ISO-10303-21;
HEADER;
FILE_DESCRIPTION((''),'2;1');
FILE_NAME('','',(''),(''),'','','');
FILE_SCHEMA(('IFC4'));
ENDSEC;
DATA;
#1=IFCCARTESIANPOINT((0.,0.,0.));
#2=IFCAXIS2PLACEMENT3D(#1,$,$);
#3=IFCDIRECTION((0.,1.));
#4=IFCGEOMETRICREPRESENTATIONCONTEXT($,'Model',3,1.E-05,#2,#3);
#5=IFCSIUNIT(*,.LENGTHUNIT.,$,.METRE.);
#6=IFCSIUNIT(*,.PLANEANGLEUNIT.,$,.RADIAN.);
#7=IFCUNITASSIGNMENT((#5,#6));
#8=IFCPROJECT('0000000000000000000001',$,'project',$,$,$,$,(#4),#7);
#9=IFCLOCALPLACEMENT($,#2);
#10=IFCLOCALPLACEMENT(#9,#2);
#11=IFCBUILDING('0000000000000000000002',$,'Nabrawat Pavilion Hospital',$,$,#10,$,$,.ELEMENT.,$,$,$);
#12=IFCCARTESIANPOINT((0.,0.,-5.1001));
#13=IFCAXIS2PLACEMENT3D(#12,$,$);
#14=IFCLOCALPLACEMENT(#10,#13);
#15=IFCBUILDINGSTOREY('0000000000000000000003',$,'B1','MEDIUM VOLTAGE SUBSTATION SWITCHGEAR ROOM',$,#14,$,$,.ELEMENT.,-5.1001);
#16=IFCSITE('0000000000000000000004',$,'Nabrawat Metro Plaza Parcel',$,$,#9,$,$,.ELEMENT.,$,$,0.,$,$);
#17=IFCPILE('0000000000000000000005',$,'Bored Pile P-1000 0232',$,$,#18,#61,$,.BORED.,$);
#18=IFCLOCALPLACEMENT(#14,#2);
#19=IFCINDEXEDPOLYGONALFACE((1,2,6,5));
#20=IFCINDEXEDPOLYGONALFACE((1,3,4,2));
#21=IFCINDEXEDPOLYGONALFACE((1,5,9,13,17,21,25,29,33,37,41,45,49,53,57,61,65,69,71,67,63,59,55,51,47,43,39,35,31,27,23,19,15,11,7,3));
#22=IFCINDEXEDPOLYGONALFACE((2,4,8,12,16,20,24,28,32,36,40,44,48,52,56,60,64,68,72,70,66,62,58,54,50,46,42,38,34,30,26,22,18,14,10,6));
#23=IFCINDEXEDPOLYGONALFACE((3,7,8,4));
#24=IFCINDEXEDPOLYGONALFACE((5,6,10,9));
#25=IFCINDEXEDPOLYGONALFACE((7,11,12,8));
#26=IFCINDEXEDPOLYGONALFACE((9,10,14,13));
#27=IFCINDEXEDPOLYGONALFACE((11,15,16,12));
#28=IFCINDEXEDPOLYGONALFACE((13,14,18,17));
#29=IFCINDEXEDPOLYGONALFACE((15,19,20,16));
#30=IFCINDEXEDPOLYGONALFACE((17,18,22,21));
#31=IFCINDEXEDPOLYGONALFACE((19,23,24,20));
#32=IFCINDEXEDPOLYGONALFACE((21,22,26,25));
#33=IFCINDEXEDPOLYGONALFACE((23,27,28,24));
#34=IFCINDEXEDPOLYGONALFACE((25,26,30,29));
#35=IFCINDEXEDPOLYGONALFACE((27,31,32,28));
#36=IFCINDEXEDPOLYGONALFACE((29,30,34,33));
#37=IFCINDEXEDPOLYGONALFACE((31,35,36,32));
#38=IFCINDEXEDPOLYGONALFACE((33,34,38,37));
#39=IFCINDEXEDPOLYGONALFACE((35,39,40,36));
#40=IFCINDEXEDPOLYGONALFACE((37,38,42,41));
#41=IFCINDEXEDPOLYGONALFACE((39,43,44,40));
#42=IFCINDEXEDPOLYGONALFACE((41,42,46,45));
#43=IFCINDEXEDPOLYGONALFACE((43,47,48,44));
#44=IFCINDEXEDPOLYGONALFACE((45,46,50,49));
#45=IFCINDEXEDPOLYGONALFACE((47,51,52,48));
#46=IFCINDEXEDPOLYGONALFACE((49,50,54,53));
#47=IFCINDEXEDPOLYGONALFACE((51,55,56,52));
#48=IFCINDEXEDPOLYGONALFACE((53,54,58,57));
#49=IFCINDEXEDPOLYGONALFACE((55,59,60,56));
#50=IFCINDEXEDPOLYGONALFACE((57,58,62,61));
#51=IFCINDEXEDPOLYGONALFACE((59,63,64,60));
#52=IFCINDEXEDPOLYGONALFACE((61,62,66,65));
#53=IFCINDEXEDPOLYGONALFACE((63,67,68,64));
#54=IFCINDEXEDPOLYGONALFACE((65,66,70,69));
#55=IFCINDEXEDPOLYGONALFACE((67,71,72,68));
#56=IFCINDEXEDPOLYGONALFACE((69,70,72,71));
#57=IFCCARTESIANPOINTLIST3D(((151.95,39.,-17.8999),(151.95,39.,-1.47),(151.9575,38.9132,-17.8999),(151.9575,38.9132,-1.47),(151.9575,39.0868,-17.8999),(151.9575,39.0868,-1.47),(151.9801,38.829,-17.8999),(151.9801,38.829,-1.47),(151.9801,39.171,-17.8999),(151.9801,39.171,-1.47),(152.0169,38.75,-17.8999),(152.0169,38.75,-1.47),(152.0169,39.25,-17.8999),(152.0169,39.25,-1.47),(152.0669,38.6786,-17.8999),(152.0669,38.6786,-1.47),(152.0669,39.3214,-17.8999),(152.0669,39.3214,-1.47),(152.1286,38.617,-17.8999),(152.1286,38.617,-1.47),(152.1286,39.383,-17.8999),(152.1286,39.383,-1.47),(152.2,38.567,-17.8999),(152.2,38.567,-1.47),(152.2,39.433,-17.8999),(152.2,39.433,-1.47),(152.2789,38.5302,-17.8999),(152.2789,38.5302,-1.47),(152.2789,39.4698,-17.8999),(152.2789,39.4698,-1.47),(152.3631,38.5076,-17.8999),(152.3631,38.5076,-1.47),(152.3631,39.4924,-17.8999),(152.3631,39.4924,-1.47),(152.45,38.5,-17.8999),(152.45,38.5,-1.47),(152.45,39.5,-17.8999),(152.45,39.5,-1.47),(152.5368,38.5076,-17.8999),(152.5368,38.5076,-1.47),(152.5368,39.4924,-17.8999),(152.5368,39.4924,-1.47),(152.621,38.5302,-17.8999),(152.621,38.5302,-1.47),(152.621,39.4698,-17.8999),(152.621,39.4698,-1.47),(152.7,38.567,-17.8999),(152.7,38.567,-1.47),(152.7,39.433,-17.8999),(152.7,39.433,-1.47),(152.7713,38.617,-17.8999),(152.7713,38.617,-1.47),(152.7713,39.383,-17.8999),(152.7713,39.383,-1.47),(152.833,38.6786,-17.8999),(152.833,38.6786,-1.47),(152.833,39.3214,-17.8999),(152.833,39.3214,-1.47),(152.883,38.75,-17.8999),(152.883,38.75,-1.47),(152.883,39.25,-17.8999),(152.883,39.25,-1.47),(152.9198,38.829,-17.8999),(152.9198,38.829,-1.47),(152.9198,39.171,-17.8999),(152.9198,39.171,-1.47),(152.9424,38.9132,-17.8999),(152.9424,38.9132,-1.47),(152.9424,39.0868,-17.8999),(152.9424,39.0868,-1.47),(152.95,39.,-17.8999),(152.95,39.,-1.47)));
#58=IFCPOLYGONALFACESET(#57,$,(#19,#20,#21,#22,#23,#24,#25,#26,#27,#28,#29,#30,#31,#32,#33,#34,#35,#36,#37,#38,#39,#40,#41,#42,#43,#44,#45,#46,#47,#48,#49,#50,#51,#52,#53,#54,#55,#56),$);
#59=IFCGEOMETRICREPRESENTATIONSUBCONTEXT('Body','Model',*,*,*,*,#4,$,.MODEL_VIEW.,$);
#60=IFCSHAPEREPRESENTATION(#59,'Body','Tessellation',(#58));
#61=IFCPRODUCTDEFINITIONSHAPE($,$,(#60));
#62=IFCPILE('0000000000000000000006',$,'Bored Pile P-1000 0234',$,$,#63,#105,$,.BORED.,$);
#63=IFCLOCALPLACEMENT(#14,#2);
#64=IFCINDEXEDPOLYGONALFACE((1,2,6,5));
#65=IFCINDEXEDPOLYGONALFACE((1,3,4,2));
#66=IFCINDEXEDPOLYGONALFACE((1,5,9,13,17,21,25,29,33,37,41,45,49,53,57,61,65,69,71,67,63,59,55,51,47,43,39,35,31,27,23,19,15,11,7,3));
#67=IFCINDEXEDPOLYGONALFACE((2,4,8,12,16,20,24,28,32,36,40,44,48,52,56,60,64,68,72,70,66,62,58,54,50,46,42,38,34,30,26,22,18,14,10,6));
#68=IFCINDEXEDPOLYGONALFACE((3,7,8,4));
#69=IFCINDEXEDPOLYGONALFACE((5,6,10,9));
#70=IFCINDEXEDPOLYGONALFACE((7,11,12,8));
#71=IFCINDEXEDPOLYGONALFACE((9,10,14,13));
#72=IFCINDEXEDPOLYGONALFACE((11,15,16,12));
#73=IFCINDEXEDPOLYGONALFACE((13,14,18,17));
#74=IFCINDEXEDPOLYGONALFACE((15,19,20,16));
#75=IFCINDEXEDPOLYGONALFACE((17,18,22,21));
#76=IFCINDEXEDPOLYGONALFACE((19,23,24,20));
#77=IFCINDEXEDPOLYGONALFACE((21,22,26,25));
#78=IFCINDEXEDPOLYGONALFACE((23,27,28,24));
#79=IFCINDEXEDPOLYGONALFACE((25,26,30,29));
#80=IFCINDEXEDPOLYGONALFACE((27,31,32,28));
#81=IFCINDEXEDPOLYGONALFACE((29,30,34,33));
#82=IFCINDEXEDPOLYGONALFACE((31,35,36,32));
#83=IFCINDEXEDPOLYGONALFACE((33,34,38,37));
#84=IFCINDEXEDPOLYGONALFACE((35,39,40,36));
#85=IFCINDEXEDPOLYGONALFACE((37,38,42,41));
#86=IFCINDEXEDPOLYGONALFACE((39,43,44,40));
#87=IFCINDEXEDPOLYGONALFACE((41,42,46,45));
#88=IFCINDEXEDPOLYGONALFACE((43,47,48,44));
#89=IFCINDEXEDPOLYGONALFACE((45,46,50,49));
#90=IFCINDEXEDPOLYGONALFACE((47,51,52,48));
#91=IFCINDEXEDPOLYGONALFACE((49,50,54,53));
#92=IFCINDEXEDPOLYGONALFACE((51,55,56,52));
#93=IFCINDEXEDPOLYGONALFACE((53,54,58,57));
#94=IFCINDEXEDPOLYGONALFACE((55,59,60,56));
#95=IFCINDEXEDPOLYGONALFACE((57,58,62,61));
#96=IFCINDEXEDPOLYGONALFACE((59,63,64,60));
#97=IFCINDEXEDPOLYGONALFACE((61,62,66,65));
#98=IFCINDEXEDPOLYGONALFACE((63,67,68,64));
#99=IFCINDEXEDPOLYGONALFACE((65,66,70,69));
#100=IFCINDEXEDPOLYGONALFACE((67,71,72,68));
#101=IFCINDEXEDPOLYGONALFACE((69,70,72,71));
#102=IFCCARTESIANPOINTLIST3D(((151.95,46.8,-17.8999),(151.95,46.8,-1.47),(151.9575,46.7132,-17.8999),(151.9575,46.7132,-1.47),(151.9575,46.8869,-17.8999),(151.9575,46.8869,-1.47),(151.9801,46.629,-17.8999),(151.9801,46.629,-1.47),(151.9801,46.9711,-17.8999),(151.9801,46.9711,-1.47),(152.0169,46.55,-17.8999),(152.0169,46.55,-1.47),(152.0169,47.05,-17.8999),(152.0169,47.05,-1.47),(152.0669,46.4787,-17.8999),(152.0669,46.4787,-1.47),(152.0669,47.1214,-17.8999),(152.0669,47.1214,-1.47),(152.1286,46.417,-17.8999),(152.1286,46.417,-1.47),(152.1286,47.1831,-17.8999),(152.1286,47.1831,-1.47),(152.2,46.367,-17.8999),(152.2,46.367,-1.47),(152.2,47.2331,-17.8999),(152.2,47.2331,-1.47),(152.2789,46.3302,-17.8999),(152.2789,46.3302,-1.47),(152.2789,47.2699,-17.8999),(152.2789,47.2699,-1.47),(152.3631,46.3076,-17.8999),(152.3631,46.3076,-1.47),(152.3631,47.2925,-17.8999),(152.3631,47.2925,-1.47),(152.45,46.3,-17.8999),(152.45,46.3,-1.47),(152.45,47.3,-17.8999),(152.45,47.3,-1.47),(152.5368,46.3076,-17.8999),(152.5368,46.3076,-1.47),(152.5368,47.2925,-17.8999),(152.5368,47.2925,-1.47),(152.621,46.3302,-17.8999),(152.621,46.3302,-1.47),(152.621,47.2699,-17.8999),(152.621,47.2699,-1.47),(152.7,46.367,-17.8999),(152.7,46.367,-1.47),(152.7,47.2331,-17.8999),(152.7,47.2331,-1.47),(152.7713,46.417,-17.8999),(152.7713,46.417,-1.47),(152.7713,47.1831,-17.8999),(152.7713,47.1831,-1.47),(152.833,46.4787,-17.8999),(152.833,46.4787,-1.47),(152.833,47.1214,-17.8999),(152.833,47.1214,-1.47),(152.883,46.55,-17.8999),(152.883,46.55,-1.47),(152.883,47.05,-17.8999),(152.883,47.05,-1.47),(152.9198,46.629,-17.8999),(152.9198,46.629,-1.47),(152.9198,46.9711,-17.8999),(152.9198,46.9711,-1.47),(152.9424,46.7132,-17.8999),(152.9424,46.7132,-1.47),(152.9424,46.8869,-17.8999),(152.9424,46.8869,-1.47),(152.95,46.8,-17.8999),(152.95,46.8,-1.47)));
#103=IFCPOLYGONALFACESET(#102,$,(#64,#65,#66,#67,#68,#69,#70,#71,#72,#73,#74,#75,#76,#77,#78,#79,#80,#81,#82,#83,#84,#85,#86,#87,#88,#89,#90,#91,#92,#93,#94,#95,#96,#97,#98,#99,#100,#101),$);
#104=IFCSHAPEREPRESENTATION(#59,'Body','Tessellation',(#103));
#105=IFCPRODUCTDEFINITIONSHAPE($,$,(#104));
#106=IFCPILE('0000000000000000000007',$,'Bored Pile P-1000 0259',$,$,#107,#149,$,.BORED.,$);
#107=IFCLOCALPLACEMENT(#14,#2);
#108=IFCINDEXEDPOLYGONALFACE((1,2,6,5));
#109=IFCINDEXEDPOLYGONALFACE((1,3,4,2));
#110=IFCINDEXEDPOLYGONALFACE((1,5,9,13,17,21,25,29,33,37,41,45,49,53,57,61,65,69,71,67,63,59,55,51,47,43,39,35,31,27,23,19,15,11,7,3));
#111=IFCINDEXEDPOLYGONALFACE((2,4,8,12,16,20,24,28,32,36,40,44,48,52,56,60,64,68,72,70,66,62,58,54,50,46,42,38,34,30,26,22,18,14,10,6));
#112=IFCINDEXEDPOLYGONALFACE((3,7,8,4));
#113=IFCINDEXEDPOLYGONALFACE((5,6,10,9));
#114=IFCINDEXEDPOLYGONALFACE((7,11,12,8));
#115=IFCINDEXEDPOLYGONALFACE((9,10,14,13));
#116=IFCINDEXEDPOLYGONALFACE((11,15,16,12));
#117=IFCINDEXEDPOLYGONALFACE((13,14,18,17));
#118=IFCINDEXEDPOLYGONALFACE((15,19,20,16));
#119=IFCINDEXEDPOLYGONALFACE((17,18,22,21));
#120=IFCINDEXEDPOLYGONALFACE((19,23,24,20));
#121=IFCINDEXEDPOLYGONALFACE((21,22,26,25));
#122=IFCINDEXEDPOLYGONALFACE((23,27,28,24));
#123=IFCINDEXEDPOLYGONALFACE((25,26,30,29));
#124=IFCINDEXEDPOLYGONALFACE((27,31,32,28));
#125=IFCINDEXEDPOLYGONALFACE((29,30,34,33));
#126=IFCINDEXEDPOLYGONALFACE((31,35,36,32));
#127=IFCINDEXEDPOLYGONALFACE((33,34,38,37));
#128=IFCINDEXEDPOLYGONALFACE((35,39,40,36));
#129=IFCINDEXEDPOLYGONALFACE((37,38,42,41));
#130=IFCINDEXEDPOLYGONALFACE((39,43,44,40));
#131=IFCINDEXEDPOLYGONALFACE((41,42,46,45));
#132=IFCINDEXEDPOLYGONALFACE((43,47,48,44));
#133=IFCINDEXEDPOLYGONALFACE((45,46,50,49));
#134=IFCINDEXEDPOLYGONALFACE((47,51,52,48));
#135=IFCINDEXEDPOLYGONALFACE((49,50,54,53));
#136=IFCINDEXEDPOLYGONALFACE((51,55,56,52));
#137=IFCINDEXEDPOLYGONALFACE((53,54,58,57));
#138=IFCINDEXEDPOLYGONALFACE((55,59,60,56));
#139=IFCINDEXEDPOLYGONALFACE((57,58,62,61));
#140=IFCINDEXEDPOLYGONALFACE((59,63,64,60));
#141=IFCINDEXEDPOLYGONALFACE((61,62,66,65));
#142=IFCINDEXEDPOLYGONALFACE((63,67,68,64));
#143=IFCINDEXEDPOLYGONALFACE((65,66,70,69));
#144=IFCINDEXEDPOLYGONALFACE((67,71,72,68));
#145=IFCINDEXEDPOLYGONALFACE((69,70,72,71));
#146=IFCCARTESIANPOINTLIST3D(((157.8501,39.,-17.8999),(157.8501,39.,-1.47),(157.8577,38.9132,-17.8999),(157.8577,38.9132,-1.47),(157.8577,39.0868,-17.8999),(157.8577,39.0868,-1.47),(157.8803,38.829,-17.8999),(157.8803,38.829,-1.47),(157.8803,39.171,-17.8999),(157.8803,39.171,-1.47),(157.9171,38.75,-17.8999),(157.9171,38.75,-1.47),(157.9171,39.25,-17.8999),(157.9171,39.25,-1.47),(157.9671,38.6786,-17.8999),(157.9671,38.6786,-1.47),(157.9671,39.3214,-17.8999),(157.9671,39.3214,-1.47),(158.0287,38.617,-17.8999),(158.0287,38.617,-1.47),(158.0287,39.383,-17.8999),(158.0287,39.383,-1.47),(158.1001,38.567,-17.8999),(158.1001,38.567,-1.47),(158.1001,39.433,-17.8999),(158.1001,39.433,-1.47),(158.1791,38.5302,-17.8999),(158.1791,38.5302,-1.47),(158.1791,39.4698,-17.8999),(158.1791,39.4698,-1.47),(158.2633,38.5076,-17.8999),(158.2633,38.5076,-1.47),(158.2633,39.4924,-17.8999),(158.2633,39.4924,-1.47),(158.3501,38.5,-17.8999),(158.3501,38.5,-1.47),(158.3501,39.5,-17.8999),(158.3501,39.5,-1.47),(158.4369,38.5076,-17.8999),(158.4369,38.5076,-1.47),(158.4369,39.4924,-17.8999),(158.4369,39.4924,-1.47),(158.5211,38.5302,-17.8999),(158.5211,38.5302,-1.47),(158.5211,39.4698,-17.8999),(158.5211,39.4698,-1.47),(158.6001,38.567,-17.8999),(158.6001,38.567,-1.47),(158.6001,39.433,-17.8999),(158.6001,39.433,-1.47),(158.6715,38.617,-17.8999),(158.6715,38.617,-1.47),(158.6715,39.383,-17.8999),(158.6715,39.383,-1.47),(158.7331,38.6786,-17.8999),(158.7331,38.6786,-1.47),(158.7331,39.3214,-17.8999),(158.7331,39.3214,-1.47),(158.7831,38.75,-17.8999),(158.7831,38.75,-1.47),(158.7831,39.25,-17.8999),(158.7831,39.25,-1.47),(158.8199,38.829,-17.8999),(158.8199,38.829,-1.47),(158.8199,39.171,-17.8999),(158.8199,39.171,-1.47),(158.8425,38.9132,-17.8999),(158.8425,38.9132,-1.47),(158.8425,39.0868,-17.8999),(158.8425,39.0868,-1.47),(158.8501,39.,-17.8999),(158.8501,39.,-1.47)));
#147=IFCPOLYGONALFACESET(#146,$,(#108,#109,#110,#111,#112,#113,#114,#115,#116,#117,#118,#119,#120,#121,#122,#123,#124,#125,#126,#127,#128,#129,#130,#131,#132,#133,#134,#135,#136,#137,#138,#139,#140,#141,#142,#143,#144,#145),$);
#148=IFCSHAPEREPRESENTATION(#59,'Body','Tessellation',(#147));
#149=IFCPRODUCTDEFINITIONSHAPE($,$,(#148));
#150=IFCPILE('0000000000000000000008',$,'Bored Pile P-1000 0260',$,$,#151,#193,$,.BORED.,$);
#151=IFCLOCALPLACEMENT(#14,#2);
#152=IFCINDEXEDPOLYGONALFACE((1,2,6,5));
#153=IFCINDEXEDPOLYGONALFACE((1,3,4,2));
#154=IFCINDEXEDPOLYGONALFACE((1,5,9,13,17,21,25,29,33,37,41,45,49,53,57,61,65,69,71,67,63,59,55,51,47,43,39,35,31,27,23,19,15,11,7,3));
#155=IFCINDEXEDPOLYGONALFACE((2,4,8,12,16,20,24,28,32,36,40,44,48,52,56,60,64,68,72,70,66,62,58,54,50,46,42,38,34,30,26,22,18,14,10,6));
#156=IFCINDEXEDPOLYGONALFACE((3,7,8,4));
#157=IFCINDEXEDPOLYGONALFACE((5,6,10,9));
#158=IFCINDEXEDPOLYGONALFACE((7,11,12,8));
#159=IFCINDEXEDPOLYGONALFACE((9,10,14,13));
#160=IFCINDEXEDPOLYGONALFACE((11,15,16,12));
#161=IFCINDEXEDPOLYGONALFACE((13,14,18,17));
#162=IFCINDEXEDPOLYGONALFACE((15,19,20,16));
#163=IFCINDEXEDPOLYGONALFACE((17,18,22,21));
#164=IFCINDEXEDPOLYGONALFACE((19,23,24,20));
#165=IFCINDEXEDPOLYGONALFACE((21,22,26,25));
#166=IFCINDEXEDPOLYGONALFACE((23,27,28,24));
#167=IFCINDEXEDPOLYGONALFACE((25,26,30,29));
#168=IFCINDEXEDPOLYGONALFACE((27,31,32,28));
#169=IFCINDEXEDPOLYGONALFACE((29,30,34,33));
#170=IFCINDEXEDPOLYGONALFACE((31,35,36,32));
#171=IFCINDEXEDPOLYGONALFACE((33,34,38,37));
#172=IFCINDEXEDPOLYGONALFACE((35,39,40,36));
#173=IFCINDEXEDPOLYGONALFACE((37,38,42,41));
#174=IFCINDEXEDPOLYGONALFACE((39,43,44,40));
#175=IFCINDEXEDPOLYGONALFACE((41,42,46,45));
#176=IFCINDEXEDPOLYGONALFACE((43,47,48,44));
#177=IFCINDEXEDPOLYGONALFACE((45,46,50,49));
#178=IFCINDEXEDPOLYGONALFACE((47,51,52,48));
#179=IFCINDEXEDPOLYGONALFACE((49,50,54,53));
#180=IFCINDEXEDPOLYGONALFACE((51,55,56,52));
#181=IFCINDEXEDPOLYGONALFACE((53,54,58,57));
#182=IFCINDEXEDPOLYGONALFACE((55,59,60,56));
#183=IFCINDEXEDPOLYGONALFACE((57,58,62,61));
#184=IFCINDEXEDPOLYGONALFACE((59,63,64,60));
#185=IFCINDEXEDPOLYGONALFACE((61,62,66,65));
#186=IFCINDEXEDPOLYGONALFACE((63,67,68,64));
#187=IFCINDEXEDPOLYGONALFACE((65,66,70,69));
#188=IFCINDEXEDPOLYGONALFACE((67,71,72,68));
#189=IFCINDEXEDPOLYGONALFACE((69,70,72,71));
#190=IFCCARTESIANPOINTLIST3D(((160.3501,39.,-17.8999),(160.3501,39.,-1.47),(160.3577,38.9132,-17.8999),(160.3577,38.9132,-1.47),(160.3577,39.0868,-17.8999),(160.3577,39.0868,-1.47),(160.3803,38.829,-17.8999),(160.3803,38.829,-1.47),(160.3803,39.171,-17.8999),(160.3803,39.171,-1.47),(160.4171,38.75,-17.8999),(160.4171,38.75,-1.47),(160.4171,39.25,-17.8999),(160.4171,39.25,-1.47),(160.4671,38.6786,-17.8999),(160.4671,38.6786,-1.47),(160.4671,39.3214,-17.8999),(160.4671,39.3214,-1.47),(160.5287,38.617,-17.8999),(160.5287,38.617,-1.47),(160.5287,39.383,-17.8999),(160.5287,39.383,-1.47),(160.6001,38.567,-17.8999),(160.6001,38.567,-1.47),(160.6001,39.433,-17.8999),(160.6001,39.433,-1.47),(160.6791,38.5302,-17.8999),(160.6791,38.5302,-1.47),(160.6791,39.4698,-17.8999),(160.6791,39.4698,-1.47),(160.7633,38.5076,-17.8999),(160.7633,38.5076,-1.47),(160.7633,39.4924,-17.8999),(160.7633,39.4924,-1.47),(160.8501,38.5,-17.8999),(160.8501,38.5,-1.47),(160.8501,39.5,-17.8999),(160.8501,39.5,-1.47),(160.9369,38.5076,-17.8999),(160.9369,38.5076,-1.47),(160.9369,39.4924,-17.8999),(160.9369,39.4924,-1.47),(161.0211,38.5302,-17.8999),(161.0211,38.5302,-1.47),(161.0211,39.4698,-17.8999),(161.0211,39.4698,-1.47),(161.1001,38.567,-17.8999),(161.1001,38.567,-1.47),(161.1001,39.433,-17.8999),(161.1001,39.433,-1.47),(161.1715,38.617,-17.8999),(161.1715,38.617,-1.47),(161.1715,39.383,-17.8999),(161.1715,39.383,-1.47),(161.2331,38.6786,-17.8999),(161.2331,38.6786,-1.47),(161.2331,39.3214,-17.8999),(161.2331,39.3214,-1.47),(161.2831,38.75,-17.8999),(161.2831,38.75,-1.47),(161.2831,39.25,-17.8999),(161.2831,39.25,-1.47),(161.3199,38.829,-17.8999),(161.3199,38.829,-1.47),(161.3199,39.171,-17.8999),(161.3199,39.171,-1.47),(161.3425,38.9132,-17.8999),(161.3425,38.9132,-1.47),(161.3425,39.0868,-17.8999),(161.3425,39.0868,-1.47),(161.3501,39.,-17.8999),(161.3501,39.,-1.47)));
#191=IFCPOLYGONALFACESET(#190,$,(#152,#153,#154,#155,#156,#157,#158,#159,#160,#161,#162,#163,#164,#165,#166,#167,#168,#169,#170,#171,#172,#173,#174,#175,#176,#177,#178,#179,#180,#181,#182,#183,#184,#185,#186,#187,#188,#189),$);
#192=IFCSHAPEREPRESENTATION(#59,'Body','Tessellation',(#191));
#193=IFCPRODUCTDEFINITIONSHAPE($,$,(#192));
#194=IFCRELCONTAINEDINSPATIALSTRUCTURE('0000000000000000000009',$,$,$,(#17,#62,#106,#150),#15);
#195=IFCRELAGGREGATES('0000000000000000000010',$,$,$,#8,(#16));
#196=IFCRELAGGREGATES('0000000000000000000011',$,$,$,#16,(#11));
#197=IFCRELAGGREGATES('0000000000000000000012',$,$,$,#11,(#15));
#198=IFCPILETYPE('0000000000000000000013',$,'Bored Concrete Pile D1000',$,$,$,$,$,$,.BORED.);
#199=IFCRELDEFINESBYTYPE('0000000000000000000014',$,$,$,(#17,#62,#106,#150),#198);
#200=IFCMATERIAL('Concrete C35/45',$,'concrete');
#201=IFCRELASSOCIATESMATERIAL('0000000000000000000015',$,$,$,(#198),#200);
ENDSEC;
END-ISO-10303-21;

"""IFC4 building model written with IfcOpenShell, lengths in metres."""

from ifc_helpers import new_model, si_unit, direction, frame, origin, origin_2d, place, context, subcontext, project, spatial, circle, extrude, material, material_profile, profile_set, type_object, element, save


model = new_model("IFC4")

# Units and contexts
model_context = context("Model", 3, precision=1e-05, world=origin(), true_north=direction((0.0, 1.0)))
body_context = subcontext(model_context, "Body", "Model", "MODEL_VIEW")
ifc_project = project(units=[si_unit("LENGTHUNIT", "METRE"), si_unit("PLANEANGLEUNIT", "RADIAN")], contexts=[model_context])

# Site, building, storey
site_placement = place(None, origin())
site = spatial("IfcSite", under=ifc_project, at=site_placement, Name="Nabrawat Metro Plaza Parcel", CompositionType="ELEMENT", RefElevation=0.0)
building_placement = place(site_placement, origin())
building = spatial("IfcBuilding", under=site, at=building_placement, Name="Nabrawat Pavilion Hospital", CompositionType="ELEMENT")
storey_placement = place(building_placement, frame((0.0, 0.0, -5.1001)))
storey = spatial("IfcBuildingStorey", under=building, at=storey_placement, Name="B1", Description="MEDIUM VOLTAGE SUBSTATION SWITCHGEAR ROOM", CompositionType="ELEMENT", Elevation=-5.1001)

# Piles
ifc_material_1 = material(Name="Concrete C35/45", Category="concrete")
ifc_material_profile_1 = material_profile(ifc_material_1, circle(Radius=0.5, at=origin_2d()), Name="DIA 1000")
ifc_profile_set_1 = profile_set([ifc_material_profile_1], Name="Concrete C35/45")
pile_type_1 = type_object("IfcPileType", Name="Bored Concrete Pile D1000", PredefinedType="BORED", material=ifc_profile_set_1)
for number, where, z_axis, x_axis, name in (
    (1, (152.45, 39.0, -1.47), (0.0, 0.0, -1.0), (1.0, 0.0, 0.0), "Bored Pile P-1000 0232"),
    (2, (152.45, 46.8, -1.47), (0.0, 0.0, -1.0), (1.0, 0.0, 0.0), "Bored Pile P-1000 0234"),
    (3, (158.3501, 39.0, -1.47), (0.0, 0.0, -1.0), (1.0, 0.0, 0.0), "Bored Pile P-1000 0259"),
    (4, (160.8501, 39.0, -1.47), (0.0, 0.0, -1.0), (1.0, 0.0, 0.0), "Bored Pile P-1000 0260"),
):
    element("IfcPile", number, at=place(storey_placement, frame(where, z_axis=z_axis, x_axis=x_axis)), inside=storey, type_object=pile_type_1, Name=name, PredefinedType="BORED", context=body_context, shape_type="SweptSolid", body=[
        extrude(circle(Radius=0.5, at=origin_2d()), origin(), (0.0, 0.0, 1.0), 16.4299),
    ])

save(model, "model.ifc")
